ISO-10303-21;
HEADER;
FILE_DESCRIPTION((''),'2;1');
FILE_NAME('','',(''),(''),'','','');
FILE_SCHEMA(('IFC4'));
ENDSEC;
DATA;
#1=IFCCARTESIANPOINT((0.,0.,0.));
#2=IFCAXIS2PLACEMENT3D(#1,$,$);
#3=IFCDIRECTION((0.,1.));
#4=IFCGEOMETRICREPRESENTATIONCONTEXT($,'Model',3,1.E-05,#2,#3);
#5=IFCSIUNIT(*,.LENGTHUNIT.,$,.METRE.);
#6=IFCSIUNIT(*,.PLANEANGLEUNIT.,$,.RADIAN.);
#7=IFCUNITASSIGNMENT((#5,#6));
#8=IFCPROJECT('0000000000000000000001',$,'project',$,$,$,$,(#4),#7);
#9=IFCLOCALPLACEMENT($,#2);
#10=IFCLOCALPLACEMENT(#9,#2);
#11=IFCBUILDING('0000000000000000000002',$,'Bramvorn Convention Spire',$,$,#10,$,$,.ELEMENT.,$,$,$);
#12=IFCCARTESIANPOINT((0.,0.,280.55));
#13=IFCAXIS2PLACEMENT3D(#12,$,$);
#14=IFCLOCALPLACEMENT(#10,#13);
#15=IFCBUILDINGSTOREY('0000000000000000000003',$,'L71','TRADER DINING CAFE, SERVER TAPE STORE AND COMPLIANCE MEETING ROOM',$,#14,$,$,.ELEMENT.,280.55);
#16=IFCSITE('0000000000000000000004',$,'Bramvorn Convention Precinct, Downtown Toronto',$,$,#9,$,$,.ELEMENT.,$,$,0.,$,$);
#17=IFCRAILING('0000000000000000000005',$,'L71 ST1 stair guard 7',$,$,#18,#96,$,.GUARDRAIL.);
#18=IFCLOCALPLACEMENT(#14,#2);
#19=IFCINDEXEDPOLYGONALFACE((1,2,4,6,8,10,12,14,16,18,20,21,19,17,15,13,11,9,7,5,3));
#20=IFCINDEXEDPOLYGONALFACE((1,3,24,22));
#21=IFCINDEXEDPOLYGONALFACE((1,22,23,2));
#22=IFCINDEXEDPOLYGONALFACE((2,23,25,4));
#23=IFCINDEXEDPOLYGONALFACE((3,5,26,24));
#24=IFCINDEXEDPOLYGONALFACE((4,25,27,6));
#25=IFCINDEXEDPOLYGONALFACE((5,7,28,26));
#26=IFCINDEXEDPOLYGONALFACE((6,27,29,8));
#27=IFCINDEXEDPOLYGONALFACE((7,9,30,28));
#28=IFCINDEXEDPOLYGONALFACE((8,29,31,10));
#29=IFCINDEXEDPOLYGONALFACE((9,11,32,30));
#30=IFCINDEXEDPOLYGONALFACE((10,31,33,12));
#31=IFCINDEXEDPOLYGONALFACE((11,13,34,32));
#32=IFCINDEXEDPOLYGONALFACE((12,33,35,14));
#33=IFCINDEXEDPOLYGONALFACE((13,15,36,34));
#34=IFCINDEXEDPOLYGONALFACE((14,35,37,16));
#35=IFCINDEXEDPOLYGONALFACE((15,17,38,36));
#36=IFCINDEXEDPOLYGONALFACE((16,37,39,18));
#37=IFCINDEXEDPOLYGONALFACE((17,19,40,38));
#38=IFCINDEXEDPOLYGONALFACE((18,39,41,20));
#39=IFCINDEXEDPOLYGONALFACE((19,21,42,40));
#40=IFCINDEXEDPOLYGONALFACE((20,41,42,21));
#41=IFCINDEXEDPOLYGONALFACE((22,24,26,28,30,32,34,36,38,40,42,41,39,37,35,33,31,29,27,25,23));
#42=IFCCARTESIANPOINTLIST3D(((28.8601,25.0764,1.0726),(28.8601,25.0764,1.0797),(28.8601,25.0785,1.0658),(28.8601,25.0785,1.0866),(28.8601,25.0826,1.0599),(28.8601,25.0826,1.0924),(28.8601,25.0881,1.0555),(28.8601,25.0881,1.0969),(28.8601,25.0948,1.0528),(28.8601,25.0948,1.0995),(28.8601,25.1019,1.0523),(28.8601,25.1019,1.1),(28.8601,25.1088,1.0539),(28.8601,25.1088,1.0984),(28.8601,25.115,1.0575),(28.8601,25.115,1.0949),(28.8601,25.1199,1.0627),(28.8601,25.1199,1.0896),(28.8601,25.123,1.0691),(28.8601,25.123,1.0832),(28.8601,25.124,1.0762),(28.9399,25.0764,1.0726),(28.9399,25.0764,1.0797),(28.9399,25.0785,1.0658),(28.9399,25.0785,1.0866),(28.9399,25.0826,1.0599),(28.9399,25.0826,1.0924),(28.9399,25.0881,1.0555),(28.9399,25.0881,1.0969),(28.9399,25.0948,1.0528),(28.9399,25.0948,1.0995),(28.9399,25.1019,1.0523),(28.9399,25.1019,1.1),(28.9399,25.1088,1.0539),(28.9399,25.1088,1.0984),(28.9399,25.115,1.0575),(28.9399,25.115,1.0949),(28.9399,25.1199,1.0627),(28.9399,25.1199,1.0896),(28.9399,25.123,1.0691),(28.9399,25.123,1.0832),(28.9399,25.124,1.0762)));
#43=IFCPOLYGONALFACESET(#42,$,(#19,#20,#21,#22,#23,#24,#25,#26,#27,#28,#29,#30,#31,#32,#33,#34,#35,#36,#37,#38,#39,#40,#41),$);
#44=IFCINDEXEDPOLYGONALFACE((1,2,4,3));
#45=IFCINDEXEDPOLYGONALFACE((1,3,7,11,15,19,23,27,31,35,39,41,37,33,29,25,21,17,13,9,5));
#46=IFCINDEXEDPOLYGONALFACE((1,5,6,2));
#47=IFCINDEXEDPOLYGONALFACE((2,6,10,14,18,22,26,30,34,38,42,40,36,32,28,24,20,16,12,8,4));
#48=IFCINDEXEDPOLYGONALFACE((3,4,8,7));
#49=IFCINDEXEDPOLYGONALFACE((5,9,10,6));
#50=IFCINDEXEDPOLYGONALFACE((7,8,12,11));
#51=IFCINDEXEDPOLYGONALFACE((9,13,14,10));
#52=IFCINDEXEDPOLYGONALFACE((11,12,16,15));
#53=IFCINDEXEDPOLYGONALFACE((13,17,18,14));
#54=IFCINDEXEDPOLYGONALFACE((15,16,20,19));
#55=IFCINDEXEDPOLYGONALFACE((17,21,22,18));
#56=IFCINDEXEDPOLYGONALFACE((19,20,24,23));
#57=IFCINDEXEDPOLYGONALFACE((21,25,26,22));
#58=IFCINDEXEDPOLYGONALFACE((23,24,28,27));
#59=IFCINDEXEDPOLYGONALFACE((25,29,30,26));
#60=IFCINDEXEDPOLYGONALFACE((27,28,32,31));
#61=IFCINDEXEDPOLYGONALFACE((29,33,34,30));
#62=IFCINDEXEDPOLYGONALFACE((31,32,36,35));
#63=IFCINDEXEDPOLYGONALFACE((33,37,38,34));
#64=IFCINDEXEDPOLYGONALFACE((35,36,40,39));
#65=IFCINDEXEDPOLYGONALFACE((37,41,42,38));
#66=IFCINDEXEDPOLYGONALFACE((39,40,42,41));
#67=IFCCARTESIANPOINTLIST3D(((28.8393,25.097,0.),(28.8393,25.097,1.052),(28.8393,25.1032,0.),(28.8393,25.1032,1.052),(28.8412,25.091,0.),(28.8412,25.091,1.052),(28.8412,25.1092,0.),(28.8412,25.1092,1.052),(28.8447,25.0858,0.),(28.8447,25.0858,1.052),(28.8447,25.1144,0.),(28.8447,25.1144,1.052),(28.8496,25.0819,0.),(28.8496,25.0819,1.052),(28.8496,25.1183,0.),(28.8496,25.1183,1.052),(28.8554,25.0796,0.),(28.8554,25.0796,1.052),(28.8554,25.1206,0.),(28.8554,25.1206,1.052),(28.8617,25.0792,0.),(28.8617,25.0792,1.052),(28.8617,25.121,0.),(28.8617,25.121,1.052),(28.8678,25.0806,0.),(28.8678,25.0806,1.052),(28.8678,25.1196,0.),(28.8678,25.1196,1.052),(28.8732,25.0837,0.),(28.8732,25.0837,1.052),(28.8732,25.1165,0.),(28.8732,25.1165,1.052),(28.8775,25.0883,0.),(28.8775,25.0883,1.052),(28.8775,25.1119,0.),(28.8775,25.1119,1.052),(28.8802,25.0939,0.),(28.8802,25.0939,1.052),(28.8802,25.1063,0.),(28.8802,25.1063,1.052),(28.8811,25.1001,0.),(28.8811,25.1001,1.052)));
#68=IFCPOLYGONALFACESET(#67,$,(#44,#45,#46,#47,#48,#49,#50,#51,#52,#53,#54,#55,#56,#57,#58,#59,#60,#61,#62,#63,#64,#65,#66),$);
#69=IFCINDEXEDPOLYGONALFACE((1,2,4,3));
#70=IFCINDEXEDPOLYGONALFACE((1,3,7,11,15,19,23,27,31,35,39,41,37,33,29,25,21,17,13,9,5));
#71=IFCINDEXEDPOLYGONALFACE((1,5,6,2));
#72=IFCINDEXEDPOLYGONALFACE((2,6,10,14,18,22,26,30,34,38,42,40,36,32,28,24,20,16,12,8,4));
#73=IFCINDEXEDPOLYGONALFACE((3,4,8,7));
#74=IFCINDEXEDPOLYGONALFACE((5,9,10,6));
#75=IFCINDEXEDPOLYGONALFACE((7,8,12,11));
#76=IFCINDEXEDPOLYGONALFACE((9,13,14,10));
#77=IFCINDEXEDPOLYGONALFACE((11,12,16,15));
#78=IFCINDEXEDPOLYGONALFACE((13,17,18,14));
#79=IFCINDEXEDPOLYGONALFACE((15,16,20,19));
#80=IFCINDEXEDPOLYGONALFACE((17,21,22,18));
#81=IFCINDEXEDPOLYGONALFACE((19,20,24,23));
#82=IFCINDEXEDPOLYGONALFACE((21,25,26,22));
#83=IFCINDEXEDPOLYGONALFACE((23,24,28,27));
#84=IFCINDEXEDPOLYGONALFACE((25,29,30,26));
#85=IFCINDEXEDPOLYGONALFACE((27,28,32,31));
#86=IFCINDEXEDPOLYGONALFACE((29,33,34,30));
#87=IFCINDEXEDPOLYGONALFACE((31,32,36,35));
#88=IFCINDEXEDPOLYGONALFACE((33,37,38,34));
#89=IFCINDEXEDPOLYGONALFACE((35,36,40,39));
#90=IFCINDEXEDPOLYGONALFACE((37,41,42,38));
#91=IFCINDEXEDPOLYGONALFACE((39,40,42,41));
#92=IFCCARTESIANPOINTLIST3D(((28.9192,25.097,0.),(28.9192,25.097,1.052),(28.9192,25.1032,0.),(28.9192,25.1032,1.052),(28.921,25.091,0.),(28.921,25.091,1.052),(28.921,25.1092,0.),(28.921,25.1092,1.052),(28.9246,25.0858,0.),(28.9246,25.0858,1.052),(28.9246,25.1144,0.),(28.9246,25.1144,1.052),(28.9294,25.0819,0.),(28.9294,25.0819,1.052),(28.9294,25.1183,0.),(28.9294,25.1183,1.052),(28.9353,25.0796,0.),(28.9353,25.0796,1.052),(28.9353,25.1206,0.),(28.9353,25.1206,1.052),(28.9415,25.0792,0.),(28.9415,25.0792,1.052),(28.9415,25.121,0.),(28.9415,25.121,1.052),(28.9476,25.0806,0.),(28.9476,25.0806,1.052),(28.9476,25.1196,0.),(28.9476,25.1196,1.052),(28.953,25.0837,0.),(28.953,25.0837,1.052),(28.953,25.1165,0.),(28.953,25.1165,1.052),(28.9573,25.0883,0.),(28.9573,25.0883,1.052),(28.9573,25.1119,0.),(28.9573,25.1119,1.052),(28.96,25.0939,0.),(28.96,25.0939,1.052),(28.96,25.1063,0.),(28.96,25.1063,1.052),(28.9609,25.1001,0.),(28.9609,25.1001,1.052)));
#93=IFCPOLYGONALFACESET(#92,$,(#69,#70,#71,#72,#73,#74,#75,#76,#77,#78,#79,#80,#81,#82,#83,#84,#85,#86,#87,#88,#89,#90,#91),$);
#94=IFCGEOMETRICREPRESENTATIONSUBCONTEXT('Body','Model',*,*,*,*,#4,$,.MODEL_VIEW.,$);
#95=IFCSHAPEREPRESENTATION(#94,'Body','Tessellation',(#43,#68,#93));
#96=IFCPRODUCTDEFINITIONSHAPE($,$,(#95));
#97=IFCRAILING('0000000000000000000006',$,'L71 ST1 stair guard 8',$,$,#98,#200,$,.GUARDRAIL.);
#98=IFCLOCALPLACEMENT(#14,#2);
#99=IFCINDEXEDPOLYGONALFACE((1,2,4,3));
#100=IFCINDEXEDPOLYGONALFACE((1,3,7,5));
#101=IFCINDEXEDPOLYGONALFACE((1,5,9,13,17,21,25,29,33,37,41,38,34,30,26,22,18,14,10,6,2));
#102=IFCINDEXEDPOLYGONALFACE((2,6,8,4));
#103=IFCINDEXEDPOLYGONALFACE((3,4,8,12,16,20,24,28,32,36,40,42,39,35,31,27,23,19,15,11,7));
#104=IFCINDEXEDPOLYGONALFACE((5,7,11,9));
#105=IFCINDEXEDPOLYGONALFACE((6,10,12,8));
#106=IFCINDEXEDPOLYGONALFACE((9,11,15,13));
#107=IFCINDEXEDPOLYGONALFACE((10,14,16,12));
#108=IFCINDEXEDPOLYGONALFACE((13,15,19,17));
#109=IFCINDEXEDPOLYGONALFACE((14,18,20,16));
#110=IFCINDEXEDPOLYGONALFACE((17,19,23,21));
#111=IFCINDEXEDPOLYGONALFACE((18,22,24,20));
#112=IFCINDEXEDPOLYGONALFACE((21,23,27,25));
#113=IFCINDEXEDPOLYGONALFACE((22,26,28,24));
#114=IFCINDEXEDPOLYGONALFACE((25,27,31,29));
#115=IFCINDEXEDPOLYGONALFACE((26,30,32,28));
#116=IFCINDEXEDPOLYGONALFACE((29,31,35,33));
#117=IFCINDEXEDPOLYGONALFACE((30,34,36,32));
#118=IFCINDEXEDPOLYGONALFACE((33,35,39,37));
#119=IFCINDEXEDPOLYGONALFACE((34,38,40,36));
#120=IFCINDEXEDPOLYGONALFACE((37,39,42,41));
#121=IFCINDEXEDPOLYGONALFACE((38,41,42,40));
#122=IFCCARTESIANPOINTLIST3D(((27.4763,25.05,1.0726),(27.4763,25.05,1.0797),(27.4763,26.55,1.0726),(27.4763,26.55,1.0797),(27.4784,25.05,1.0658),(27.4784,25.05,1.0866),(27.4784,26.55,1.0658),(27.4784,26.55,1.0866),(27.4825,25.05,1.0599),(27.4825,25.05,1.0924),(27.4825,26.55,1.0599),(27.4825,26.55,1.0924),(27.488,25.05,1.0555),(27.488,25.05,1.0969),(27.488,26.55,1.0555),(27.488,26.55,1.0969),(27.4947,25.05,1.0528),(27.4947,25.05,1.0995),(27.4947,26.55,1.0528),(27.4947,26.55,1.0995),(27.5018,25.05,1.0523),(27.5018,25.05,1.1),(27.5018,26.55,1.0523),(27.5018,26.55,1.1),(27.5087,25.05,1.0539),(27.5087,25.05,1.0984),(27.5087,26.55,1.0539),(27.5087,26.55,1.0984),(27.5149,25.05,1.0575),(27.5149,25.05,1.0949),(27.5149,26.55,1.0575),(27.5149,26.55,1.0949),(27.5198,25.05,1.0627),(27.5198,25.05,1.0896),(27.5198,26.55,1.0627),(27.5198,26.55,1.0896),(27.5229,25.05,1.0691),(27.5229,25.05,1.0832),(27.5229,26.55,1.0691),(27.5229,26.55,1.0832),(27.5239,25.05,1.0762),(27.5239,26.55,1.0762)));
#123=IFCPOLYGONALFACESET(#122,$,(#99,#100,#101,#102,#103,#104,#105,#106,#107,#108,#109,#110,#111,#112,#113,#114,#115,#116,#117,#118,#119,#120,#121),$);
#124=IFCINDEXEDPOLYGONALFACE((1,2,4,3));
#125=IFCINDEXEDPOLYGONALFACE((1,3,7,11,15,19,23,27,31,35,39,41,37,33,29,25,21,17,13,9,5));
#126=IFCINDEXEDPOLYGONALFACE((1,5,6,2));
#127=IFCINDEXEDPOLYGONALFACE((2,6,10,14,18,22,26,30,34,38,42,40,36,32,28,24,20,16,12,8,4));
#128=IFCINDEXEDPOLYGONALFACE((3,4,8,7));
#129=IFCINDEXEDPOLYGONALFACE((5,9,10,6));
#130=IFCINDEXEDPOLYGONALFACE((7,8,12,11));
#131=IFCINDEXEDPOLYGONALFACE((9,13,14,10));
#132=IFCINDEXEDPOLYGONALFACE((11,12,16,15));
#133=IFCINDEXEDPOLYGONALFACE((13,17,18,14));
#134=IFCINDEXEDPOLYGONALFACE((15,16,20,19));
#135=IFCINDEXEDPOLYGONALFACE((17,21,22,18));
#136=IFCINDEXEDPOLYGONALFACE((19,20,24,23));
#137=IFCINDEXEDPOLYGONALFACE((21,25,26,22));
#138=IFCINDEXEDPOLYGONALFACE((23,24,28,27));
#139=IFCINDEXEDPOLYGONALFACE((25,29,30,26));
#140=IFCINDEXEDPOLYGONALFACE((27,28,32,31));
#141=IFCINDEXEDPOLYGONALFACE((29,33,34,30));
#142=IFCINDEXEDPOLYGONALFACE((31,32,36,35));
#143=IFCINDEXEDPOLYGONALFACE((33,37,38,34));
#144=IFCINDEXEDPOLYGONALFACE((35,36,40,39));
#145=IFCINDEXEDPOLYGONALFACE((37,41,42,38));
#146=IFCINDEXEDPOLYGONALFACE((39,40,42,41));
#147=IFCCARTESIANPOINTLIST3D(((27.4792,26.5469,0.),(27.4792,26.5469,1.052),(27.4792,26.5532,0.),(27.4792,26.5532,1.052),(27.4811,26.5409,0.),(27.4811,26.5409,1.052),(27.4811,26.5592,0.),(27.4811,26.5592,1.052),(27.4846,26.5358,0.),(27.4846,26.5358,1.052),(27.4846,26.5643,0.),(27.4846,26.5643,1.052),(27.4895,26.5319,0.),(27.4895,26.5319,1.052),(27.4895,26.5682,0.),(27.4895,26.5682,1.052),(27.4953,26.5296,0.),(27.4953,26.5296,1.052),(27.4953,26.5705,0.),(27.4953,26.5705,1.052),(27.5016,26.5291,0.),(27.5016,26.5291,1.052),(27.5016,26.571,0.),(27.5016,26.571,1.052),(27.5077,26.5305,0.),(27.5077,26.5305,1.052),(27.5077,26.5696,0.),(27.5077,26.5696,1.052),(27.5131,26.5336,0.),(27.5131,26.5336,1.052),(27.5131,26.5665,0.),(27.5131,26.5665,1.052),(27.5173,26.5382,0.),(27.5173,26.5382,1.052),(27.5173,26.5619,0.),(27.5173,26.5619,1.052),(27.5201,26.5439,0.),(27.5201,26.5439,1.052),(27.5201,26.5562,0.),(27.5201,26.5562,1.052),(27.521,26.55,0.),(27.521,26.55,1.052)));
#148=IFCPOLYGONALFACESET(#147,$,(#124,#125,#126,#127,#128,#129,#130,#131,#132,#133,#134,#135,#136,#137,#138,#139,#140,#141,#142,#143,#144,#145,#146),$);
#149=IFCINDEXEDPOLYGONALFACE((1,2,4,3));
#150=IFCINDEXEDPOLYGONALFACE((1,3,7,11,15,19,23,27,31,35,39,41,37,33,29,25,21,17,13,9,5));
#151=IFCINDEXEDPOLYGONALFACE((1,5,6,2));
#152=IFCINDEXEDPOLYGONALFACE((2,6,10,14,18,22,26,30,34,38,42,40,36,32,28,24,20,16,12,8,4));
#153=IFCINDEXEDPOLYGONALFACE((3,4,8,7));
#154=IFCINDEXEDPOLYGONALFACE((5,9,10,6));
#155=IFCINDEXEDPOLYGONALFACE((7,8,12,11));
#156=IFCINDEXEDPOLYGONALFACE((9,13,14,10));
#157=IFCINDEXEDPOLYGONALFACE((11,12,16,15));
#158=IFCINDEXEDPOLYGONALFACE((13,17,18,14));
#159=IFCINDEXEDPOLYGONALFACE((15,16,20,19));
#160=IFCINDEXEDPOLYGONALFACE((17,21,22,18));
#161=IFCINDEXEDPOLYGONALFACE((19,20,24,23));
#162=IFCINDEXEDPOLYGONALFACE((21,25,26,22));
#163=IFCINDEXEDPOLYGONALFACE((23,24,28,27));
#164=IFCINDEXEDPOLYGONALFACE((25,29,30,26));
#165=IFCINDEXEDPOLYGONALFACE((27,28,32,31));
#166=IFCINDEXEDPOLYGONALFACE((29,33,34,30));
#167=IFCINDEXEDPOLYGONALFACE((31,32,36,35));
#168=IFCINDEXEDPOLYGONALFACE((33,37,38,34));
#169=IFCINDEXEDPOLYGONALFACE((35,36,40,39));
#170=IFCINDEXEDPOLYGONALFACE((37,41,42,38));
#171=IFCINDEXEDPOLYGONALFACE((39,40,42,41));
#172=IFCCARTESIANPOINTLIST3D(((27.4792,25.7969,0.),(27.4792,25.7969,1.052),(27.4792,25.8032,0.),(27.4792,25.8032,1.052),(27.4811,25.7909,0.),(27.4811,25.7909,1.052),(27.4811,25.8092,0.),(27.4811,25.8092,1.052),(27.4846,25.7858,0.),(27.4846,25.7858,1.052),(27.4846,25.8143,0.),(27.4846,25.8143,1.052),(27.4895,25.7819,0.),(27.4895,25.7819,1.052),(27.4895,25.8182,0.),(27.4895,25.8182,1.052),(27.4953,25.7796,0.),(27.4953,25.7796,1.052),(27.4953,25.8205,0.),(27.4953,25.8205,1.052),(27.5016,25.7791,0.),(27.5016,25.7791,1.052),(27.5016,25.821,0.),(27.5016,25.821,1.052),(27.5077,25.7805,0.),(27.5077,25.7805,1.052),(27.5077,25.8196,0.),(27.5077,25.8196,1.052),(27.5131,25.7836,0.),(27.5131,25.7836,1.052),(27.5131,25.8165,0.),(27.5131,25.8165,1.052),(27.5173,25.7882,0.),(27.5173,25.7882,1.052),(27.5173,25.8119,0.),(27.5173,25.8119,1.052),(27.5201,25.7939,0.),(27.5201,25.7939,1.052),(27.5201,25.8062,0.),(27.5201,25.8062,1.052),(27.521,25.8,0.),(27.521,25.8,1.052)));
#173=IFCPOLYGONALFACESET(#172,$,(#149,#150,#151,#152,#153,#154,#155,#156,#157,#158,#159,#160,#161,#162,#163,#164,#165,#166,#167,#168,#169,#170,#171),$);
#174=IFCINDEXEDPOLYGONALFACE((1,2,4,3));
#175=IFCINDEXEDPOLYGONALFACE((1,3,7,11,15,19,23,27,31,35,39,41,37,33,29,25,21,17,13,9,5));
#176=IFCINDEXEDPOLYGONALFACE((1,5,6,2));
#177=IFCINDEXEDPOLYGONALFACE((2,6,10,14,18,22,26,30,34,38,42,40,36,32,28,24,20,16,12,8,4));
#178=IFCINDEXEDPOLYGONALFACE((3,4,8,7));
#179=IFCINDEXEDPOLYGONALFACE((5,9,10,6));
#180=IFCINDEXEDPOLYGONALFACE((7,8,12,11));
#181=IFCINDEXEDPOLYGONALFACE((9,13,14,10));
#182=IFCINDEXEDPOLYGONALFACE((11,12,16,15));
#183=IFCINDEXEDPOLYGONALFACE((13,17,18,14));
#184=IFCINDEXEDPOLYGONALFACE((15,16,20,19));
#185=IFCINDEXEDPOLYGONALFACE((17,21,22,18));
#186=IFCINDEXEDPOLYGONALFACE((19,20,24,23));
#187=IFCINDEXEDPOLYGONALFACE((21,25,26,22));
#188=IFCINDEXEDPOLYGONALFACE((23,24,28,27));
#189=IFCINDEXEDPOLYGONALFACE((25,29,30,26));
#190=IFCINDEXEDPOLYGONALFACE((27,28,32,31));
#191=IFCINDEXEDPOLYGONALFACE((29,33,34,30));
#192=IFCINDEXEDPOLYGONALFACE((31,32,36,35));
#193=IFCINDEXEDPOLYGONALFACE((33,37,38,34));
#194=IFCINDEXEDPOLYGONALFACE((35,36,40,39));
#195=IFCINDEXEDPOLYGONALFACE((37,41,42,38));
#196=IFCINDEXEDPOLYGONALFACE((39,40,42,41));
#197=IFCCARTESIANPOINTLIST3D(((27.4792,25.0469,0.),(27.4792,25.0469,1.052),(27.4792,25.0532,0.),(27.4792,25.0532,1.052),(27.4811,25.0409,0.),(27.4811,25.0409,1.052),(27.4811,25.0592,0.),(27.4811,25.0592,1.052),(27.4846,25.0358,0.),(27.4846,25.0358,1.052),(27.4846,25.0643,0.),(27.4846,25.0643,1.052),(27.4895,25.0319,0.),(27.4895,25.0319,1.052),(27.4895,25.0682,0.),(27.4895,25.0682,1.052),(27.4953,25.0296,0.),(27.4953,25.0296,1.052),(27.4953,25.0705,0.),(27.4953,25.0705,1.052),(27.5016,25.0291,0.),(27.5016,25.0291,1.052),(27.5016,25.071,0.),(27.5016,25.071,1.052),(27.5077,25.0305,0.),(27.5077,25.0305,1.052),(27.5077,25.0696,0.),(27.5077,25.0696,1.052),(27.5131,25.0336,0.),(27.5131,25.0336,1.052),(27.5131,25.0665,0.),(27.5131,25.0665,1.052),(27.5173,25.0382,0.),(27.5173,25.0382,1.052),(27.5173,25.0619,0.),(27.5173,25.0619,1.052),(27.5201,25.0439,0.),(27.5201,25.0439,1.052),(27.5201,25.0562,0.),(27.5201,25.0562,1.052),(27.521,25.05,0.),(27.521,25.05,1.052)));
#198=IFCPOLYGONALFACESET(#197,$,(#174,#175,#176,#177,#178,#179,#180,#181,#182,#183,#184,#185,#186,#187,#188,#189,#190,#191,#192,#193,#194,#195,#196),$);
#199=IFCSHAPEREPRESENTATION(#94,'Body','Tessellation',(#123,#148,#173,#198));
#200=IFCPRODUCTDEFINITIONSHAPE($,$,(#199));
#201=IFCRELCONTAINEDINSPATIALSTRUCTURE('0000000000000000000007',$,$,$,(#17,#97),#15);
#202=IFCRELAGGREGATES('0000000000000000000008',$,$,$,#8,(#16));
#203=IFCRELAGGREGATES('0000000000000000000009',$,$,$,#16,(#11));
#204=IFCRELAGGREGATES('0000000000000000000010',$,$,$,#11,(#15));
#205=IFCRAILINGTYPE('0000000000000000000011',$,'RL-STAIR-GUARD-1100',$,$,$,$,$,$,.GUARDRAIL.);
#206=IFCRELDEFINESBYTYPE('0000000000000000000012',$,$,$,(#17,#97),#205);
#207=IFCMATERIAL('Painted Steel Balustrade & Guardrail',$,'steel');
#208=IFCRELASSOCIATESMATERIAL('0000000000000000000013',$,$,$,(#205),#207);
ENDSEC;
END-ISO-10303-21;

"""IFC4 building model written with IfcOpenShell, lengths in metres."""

from ifc_helpers import new_model, si_unit, direction, frame, origin, origin_2d, place, context, subcontext, project, spatial, circle, extrude, material, type_object, element, save


model = new_model("IFC4")

# Units and contexts
model_context = context("Model", 3, precision=1e-05, world=origin(), true_north=direction((0.0, 1.0)))
body_context = subcontext(model_context, "Body", "Model", "MODEL_VIEW")
ifc_project = project(units=[si_unit("LENGTHUNIT", "METRE"), si_unit("PLANEANGLEUNIT", "RADIAN")], contexts=[model_context])

# Site, building, storey
site_placement = place(None, origin())
site = spatial("IfcSite", under=ifc_project, at=site_placement, Name="Bramvorn Convention Precinct, Downtown Toronto", CompositionType="ELEMENT", RefElevation=0.0)
building_placement = place(site_placement, origin())
building = spatial("IfcBuilding", under=site, at=building_placement, Name="Bramvorn Convention Spire", CompositionType="ELEMENT")
storey_placement = place(building_placement, frame((0.0, 0.0, 280.55)))
storey = spatial("IfcBuildingStorey", under=building, at=storey_placement, Name="L71", Description="TRADER DINING CAFE, SERVER TAPE STORE AND COMPLIANCE MEETING ROOM", CompositionType="ELEMENT", Elevation=280.55)

# Railings
ifc_material_1 = material(Name="Painted Steel Balustrade & Guardrail", Category="steel")
railing_type = type_object("IfcRailingType", Name="RL-STAIR-GUARD-1100", PredefinedType="GUARDRAIL", material=ifc_material_1)
railing_1_placement = place(storey_placement, frame((28.8601, 25.1001, 0.0)))
element("IfcRailing", 1, at=railing_1_placement, inside=storey, type_object=railing_type, Name="L71 ST1 stair guard 7", PredefinedType="GUARDRAIL", context=body_context, shape_type="SweptSolid", body=[
    extrude(circle(Radius=0.0239, at=origin_2d()), frame((0.0, 0.0, 1.0762), z_axis=(1.0, 0.0, 0.0), x_axis=(0.0, 1.0, 0.0)), (0.0, 0.0, 1.0), 0.0798),
    extrude(circle(Radius=0.021, at=origin_2d()), origin(), (0.0, 0.0, 1.0), 1.052),
    extrude(circle(Radius=0.021, at=origin_2d()), frame((0.0798, 0.0, 0.0)), (0.0, 0.0, 1.0), 1.052),
])
for number, where, name in (
    (2, (27.5, 26.55, 0.0), "L71 ST1 stair guard 8"),
):
    element("IfcRailing", number, at=place(storey_placement, frame(where)), inside=storey, type_object=railing_type, Name=name, PredefinedType="GUARDRAIL", context=body_context, shape_type="SweptSolid", body=[
        extrude(circle(Radius=0.0239, at=origin_2d()), frame((0.0, 0.0, 1.0762), z_axis=(0.0, -1.0, 0.0), x_axis=(1.0, 0.0, 0.0)), (0.0, 0.0, 1.0), 1.5),
        extrude(circle(Radius=0.021, at=origin_2d()), origin(), (0.0, 0.0, 1.0), 1.052),
        extrude(circle(Radius=0.021, at=origin_2d()), frame((0.0, -0.75, 0.0)), (0.0, 0.0, 1.0), 1.052),
        extrude(circle(Radius=0.021, at=origin_2d()), frame((0.0, -1.5, 0.0)), (0.0, 0.0, 1.0), 1.052),
    ])

save(model, "model.ifc")
